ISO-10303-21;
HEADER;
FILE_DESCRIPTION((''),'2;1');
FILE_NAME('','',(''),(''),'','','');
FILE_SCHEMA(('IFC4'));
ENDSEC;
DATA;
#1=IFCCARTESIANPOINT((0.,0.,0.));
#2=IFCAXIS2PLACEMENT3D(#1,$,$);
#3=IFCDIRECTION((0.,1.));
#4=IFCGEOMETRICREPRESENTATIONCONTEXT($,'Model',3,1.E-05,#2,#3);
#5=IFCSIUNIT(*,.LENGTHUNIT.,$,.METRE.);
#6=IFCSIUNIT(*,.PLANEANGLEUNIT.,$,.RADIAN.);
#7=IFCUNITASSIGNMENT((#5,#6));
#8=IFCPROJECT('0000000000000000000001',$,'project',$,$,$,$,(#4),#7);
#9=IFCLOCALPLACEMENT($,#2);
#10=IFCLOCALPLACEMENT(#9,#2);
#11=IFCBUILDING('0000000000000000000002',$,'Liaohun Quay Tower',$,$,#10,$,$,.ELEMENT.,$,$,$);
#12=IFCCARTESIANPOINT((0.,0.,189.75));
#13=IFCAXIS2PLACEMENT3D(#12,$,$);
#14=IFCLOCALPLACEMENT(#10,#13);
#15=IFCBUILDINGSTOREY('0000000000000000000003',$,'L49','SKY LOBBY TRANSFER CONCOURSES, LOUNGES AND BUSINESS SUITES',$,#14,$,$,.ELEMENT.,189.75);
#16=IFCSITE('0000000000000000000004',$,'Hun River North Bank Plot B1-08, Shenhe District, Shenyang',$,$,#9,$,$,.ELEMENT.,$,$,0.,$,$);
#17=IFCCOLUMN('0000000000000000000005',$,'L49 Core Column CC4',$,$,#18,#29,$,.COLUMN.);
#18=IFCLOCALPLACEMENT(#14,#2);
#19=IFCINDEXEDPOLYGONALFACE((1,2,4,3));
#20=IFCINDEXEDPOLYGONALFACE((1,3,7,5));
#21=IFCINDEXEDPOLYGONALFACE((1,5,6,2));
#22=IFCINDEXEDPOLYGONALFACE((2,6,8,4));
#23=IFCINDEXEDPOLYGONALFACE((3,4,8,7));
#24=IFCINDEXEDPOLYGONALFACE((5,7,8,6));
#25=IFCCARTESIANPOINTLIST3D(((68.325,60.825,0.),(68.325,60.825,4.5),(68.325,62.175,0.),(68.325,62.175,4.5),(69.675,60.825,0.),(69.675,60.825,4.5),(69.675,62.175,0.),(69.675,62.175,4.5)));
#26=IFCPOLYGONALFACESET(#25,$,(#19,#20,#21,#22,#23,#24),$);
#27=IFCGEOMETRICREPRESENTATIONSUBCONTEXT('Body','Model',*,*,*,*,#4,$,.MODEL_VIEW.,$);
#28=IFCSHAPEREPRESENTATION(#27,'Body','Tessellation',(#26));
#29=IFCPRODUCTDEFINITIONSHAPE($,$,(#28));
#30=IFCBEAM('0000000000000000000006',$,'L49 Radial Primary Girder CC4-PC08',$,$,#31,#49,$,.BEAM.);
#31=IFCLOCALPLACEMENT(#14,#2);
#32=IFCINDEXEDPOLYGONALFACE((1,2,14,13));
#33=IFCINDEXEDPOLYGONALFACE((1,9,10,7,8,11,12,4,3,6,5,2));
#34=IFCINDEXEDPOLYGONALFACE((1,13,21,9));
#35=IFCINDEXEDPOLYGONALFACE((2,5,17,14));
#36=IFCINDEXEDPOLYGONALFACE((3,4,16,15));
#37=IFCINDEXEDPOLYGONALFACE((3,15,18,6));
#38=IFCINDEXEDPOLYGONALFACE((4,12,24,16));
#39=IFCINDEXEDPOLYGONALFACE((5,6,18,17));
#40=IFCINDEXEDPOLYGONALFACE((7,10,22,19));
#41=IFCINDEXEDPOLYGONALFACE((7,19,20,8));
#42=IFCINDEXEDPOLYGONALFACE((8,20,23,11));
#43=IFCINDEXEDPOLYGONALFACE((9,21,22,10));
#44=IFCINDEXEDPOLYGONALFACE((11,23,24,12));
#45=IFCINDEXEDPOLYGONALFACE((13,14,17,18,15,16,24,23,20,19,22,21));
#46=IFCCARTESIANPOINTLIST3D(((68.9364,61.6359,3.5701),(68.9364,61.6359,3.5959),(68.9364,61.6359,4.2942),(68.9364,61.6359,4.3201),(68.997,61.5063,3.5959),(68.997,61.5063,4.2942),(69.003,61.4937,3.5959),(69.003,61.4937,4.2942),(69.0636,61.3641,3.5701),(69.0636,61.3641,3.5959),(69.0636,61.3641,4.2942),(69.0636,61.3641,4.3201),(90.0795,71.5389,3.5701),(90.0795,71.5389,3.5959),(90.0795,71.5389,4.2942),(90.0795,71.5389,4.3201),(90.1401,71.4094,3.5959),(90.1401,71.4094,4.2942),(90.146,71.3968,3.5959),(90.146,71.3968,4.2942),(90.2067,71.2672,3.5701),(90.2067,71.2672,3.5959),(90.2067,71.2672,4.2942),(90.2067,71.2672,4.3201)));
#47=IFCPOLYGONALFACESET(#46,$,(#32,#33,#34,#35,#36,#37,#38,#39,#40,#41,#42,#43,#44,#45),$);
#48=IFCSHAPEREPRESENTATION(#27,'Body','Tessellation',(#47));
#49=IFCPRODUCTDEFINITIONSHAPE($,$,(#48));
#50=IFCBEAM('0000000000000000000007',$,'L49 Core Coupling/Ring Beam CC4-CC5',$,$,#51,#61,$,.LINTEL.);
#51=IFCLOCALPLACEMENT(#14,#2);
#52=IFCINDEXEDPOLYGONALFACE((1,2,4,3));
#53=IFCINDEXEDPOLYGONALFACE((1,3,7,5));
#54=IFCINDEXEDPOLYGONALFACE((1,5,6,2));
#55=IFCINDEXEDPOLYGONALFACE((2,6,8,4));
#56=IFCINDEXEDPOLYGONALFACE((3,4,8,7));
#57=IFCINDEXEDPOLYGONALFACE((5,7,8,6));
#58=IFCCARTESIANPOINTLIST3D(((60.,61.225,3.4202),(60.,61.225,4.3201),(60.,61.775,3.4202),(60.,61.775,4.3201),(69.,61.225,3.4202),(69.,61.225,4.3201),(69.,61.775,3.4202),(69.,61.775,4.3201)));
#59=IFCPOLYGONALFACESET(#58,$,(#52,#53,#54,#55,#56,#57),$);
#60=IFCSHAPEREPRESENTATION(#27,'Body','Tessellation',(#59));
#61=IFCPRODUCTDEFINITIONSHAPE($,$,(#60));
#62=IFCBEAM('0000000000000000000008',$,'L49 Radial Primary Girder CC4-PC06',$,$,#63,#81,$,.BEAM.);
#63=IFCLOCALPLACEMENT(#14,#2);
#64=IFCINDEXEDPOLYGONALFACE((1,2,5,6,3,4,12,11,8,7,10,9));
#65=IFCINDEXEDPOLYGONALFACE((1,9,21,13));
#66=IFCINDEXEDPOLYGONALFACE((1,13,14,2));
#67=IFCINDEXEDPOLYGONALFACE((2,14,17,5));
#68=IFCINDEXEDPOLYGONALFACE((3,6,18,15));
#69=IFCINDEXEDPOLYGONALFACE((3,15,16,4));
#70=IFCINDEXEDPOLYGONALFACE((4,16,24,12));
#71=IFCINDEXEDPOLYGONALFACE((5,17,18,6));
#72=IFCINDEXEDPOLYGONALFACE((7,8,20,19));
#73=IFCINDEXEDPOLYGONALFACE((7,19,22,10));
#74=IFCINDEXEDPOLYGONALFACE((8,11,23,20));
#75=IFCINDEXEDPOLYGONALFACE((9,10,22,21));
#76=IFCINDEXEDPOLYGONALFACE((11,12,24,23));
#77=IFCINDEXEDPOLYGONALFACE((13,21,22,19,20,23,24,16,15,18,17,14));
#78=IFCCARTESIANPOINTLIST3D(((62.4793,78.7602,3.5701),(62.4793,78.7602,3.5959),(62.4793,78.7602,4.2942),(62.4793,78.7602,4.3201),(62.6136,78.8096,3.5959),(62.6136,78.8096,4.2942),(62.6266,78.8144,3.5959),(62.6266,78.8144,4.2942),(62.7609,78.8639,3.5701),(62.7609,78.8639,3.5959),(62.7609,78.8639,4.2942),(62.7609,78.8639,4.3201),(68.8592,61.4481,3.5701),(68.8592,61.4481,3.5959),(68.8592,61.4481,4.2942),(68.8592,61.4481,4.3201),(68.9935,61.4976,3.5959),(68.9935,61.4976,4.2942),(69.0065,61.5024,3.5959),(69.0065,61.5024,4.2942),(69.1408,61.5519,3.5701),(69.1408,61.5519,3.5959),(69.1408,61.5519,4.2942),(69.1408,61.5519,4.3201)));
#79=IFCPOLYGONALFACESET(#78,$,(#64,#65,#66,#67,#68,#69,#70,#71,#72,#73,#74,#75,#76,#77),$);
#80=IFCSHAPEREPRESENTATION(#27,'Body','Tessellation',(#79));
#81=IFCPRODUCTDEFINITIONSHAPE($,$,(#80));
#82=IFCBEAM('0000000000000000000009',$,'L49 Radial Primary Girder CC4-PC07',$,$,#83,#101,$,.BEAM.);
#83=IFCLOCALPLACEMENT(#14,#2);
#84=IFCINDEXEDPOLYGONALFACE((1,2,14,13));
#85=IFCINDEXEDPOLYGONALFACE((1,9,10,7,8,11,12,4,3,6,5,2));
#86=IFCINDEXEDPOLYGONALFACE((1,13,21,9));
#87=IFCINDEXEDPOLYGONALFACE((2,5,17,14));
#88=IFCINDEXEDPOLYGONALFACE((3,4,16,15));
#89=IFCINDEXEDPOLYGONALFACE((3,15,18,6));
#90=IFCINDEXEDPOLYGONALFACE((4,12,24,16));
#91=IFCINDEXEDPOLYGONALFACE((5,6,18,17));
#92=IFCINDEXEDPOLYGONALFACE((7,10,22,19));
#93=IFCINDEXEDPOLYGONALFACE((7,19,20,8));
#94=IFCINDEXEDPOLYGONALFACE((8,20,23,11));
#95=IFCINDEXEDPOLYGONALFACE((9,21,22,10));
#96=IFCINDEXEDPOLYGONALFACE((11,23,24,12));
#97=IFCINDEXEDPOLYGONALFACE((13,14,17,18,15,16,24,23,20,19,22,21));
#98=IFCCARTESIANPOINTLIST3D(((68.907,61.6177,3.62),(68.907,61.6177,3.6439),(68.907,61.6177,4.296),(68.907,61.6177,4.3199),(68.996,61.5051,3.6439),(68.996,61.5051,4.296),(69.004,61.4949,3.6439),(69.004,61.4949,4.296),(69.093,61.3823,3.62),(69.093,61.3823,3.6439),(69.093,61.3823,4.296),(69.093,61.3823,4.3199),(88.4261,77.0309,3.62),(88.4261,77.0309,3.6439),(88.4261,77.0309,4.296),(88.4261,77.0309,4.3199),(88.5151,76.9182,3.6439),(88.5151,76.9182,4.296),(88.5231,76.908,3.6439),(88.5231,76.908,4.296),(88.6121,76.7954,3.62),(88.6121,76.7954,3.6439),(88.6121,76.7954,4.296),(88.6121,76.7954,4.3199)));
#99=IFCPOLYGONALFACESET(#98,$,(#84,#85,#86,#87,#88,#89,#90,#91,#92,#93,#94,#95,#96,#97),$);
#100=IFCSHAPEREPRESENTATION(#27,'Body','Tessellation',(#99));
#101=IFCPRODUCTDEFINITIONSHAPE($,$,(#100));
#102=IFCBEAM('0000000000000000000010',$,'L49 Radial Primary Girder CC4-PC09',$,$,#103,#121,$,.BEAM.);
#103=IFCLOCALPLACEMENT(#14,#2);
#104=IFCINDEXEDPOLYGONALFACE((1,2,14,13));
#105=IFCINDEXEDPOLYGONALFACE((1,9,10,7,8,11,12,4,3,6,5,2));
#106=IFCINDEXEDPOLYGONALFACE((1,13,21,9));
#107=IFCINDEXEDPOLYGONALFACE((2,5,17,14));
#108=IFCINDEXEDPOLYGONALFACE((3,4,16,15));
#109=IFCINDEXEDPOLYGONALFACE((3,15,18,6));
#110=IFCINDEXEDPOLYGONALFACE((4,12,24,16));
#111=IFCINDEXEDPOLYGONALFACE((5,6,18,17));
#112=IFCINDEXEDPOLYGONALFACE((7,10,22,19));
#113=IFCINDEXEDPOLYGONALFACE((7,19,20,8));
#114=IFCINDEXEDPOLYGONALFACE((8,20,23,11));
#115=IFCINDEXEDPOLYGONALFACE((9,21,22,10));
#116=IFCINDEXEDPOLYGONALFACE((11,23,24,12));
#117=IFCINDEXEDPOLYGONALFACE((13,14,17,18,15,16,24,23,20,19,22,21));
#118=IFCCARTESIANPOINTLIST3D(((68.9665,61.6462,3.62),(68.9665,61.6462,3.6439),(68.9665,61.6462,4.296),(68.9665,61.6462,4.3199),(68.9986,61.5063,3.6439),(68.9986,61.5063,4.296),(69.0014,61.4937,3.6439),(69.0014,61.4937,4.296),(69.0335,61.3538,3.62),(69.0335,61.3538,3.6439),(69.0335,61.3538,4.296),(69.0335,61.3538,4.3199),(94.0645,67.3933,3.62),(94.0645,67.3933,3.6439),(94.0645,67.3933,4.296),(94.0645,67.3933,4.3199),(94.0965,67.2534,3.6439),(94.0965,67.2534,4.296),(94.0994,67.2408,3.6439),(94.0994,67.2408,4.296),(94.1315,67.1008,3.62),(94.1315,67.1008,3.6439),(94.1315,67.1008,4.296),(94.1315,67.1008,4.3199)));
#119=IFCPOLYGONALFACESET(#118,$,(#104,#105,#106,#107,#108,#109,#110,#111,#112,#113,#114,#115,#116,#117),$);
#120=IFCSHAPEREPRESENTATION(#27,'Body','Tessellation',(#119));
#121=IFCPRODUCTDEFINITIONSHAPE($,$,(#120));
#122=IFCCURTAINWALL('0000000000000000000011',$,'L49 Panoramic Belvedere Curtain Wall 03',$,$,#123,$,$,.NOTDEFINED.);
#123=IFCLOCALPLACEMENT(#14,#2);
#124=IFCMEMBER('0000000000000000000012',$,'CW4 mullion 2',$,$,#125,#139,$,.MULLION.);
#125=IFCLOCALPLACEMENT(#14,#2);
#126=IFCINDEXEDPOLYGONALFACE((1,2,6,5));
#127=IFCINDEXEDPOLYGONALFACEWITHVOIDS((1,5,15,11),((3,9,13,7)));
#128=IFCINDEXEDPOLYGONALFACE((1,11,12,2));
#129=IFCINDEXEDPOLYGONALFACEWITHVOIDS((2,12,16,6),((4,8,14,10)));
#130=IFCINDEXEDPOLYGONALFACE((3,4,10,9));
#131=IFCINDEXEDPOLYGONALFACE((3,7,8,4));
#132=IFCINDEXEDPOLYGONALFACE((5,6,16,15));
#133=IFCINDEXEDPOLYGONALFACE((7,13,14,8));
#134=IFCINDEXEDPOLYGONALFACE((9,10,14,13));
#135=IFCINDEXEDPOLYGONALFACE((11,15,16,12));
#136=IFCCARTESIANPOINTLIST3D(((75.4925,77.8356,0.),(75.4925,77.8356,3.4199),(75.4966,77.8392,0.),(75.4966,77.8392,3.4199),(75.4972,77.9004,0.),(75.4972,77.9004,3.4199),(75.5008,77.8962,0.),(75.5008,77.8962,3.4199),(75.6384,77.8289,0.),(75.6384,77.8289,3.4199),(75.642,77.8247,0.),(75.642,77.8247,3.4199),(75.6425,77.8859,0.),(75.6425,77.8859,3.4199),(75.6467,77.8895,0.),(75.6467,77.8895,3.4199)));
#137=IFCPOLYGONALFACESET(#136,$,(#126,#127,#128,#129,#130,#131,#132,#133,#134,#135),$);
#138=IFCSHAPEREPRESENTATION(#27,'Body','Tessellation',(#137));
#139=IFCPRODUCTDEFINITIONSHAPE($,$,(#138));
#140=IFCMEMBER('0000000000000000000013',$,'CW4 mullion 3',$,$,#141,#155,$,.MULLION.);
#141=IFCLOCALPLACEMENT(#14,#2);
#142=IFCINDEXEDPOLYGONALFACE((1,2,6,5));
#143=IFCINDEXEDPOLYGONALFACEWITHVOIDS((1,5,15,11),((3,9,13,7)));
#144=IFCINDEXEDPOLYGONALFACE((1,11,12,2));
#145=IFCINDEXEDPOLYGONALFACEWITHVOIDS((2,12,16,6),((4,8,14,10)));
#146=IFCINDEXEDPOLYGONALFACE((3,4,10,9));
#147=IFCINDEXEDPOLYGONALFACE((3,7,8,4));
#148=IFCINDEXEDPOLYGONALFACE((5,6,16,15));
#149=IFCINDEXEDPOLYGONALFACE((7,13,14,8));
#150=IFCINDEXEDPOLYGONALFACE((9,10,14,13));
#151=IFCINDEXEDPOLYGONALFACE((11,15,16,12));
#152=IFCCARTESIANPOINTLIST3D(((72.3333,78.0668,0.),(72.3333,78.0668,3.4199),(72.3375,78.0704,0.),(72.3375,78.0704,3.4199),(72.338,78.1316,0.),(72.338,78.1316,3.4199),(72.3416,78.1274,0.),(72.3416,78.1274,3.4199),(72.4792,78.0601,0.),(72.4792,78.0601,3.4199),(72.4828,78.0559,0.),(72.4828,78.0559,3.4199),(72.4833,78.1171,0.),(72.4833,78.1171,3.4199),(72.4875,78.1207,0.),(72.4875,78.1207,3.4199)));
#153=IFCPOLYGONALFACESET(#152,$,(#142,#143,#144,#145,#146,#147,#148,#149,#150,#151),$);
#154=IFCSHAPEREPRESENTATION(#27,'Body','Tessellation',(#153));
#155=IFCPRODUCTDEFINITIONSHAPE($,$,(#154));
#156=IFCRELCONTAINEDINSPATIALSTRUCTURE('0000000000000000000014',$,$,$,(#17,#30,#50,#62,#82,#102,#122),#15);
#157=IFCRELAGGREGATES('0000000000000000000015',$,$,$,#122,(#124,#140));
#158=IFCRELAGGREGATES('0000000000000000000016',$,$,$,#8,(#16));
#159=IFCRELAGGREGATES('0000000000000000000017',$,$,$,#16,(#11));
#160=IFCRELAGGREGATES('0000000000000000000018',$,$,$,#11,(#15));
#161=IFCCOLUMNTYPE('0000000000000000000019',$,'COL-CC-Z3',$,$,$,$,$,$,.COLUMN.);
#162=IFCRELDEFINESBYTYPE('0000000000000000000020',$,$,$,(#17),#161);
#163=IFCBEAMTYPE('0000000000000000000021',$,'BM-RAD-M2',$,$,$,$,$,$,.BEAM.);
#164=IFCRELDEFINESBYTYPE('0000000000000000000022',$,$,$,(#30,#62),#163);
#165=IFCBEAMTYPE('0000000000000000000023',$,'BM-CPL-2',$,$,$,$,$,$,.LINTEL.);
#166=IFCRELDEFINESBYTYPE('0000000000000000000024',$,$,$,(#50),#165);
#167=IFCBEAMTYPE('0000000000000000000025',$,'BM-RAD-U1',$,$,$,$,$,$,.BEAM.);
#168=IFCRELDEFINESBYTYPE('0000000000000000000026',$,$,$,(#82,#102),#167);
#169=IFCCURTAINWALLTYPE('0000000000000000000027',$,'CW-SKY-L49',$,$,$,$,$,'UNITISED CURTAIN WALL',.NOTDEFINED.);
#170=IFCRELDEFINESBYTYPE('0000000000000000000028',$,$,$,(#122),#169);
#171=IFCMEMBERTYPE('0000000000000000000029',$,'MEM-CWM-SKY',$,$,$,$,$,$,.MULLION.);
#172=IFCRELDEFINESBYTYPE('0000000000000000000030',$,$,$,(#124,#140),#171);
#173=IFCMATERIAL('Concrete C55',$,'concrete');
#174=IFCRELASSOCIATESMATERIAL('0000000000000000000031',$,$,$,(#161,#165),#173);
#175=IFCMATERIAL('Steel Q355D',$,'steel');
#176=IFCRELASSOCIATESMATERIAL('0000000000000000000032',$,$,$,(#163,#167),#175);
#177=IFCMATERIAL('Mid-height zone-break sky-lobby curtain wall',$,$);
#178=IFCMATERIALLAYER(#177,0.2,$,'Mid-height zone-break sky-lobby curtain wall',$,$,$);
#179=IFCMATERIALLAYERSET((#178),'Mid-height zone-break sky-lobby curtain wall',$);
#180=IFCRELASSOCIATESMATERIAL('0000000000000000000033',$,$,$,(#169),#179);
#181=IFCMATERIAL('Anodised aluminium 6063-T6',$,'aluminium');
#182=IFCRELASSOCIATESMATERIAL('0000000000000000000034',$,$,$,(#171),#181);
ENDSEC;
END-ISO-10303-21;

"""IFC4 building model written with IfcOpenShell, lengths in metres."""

from ifc_helpers import new_model, si_unit, direction, frame, origin, origin_2d, place, context, subcontext, project, spatial, rectangle, hollow_rectangle, i_section, extrude, source, transform, mapped, material, layer, layer_set, material_profile, profile_set, type_object, element, aggregate, save


model = new_model("IFC4")

# Units and contexts
model_context = context("Model", 3, precision=1e-05, world=origin(), true_north=direction((0.0, 1.0)))
body_context = subcontext(model_context, "Body", "Model", "MODEL_VIEW")
ifc_project = project(units=[si_unit("LENGTHUNIT", "METRE"), si_unit("PLANEANGLEUNIT", "RADIAN")], contexts=[model_context])

# Site, building, storey
site_placement = place(None, origin())
site = spatial("IfcSite", under=ifc_project, at=site_placement, Name="Hun River North Bank Plot B1-08, Shenhe District, Shenyang", CompositionType="ELEMENT", RefElevation=0.0)
building_placement = place(site_placement, origin())
building = spatial("IfcBuilding", under=site, at=building_placement, Name="Liaohun Quay Tower", CompositionType="ELEMENT")
storey_placement = place(building_placement, frame((0.0, 0.0, 189.75)))
storey = spatial("IfcBuildingStorey", under=building, at=storey_placement, Name="L49", Description="SKY LOBBY TRANSFER CONCOURSES, LOUNGES AND BUSINESS SUITES", CompositionType="ELEMENT", Elevation=189.75)

# Column
ifc_material_1 = material(Name="Concrete C55", Category="concrete")
ifc_material_profile_1 = material_profile(ifc_material_1, rectangle(XDim=1.3501, YDim=1.3501, at=origin_2d()), Name="RC1350x1350")
ifc_profile_set_1 = profile_set([ifc_material_profile_1], Name="Concrete C55")
column_type = type_object("IfcColumnType", Name="COL-CC-Z3", PredefinedType="COLUMN", material=ifc_profile_set_1)
shared_shape_1 = source(origin(), body_context, "Body", "SweptSolid", [
    extrude(rectangle(XDim=1.3501, YDim=1.3501, at=origin_2d()), origin(), (0.0, 0.0, 1.0), 4.5),
])
column_placement = place(storey_placement, frame((69.0, 61.5, 0.0), z_axis=(0.0, 0.0, 1.0), x_axis=(1.0, 0.0, 0.0)))
element("IfcColumn", 1, at=column_placement, inside=storey, type_object=column_type, Name="L49 Core Column CC4", PredefinedType="COLUMN", context=body_context, shape_type="MappedRepresentation", body=[
    mapped(shared_shape_1, transform((0.0, 0.0, 0.0), x_axis=(1.0, 0.0, 0.0), y_axis=(0.0, 1.0, 0.0), z_axis=(0.0, 0.0, 1.0), scale=1.0)),
])

# Beams
ifc_material_2 = material(Name="Steel Q355D", Category="steel")
ifc_material_profile_2 = material_profile(ifc_material_2, i_section(OverallWidth=0.3, OverallDepth=0.75, WebThickness=0.0139, FlangeThickness=0.0259, at=origin_2d()), Name="HN750x300x14x26")
ifc_profile_set_2 = profile_set([ifc_material_profile_2], Name="Steel Q355D")
beam_type_1 = type_object("IfcBeamType", Name="BM-RAD-M2", PredefinedType="BEAM", material=ifc_profile_set_2)
shared_shape_2 = source(origin(), body_context, "Body", "SweptSolid", [
    extrude(i_section(OverallWidth=0.3, OverallDepth=0.75, WebThickness=0.0139, FlangeThickness=0.0259, at=origin_2d()), origin(), (0.0, 0.0, 1.0), 23.3474),
])
beam_1_placement = place(storey_placement, frame((69.0, 61.5, 3.9451), z_axis=(0.905586, 0.424162, 0.0), x_axis=(-0.424162, 0.905586, 0.0)))
element("IfcBeam", 2, at=beam_1_placement, inside=storey, type_object=beam_type_1, Name="L49 Radial Primary Girder CC4-PC08", PredefinedType="BEAM", context=body_context, shape_type="MappedRepresentation", body=[
    mapped(shared_shape_2, transform((0.0, 0.0, 0.0), x_axis=(1.0, 0.0, 0.0), y_axis=(0.0, 1.0, 0.0), z_axis=(0.0, 0.0, 1.0), scale=1.0)),
])
ifc_material_profile_3 = material_profile(ifc_material_1, rectangle(XDim=0.55, YDim=0.8999, at=origin_2d()), Name="RC550x900")
ifc_profile_set_3 = profile_set([ifc_material_profile_3], Name="Concrete C55")
beam_type_2 = type_object("IfcBeamType", Name="BM-CPL-2", PredefinedType="LINTEL", material=ifc_profile_set_3)
shared_shape_3 = source(origin(), body_context, "Body", "SweptSolid", [
    extrude(rectangle(XDim=0.55, YDim=0.8999, at=origin_2d()), origin(), (0.0, 0.0, 1.0), 9.0),
])
beam_2_placement = place(storey_placement, frame((69.0, 61.5, 3.8701), z_axis=(-1.0, 0.0, 0.0), x_axis=(0.0, -1.0, 0.0)))
element("IfcBeam", 3, at=beam_2_placement, inside=storey, type_object=beam_type_2, Name="L49 Core Coupling/Ring Beam CC4-CC5", PredefinedType="LINTEL", context=body_context, shape_type="MappedRepresentation", body=[
    mapped(shared_shape_3, transform((0.0, 0.0, 0.0), x_axis=(1.0, 0.0, 0.0), y_axis=(0.0, 1.0, 0.0), z_axis=(0.0, 0.0, 1.0), scale=1.0)),
])
shared_shape_4 = source(origin(), body_context, "Body", "SweptSolid", [
    extrude(i_section(OverallWidth=0.3, OverallDepth=0.75, WebThickness=0.0139, FlangeThickness=0.0259, at=origin_2d()), origin(), (0.0, 0.0, 1.0), 18.4502),
])
beam_3_placement = place(storey_placement, frame((69.0, 61.5, 3.9451), z_axis=(-0.34579, 0.938312, 0.0), x_axis=(-0.938312, -0.34579, 0.0)))
element("IfcBeam", 4, at=beam_3_placement, inside=storey, type_object=beam_type_1, Name="L49 Radial Primary Girder CC4-PC06", PredefinedType="BEAM", context=body_context, shape_type="MappedRepresentation", body=[
    mapped(shared_shape_4, transform((0.0, 0.0, 0.0), x_axis=(1.0, 0.0, 0.0), y_axis=(0.0, 1.0, 0.0), z_axis=(0.0, 0.0, 1.0), scale=1.0)),
])
ifc_material_profile_4 = material_profile(ifc_material_2, i_section(OverallWidth=0.3, OverallDepth=0.7, WebThickness=0.0129, FlangeThickness=0.0239, at=origin_2d()), Name="HN700x300x13x24")
ifc_profile_set_4 = profile_set([ifc_material_profile_4], Name="Steel Q355D")
beam_type_3 = type_object("IfcBeamType", Name="BM-RAD-U1", PredefinedType="BEAM", material=ifc_profile_set_4)
shared_shape_5 = source(origin(), body_context, "Body", "SweptSolid", [
    extrude(i_section(OverallWidth=0.3, OverallDepth=0.7, WebThickness=0.0129, FlangeThickness=0.0239, at=origin_2d()), origin(), (0.0, 0.0, 1.0), 24.8708),
])
beam_4_placement = place(storey_placement, frame((69.0, 61.5, 3.97), z_axis=(0.784818, 0.619726, 0.0), x_axis=(-0.619726, 0.784818, 0.0)))
element("IfcBeam", 5, at=beam_4_placement, inside=storey, type_object=beam_type_3, Name="L49 Radial Primary Girder CC4-PC07", PredefinedType="BEAM", context=body_context, shape_type="MappedRepresentation", body=[
    mapped(shared_shape_5, transform((0.0, 0.0, 0.0), x_axis=(1.0, 0.0, 0.0), y_axis=(0.0, 1.0, 0.0), z_axis=(0.0, 0.0, 1.0), scale=1.0)),
])
shared_shape_6 = source(origin(), body_context, "Body", "SweptSolid", [
    extrude(i_section(OverallWidth=0.3, OverallDepth=0.7, WebThickness=0.0129, FlangeThickness=0.0239, at=origin_2d()), origin(), (0.0, 0.0, 1.0), 25.7476),
])
beam_5_placement = place(storey_placement, frame((69.0, 61.5, 3.97), z_axis=(0.974771, 0.223209, 0.0), x_axis=(-0.223209, 0.974771, 0.0)))
element("IfcBeam", 6, at=beam_5_placement, inside=storey, type_object=beam_type_3, Name="L49 Radial Primary Girder CC4-PC09", PredefinedType="BEAM", context=body_context, shape_type="MappedRepresentation", body=[
    mapped(shared_shape_6, transform((0.0, 0.0, 0.0), x_axis=(1.0, 0.0, 0.0), y_axis=(0.0, 1.0, 0.0), z_axis=(0.0, 0.0, 1.0), scale=1.0)),
])

# Curtain wall, members
ifc_material_3 = material(Name="Mid-height zone-break sky-lobby curtain wall")
ifc_layer_1 = layer(ifc_material_3, 0.2, Name="Mid-height zone-break sky-lobby curtain wall")
ifc_layer_set_1 = layer_set([ifc_layer_1], Name="Mid-height zone-break sky-lobby curtain wall")
curtain_wall_type = type_object("IfcCurtainWallType", Name="CW-SKY-L49", ElementType="UNITISED CURTAIN WALL", PredefinedType="NOTDEFINED", material=ifc_layer_set_1)
curtain_wall_placement = place(storey_placement, origin())
curtain_wall = element("IfcCurtainWall", 7, at=curtain_wall_placement, inside=storey, type_object=curtain_wall_type, Name="L49 Panoramic Belvedere Curtain Wall 03", PredefinedType="NOTDEFINED")
ifc_material_4 = material(Name="Anodised aluminium 6063-T6", Category="aluminium")
ifc_material_profile_5 = material_profile(ifc_material_4, hollow_rectangle(XDim=0.0649, YDim=0.1499, WallThickness=0.0039, at=origin_2d()), Name="RHS150x65x4")
ifc_profile_set_5 = profile_set([ifc_material_profile_5], Name="Anodised aluminium 6063-T6")
member_type_1 = type_object("IfcMemberType", Name="MEM-CWM-SKY", PredefinedType="MULLION", material=ifc_profile_set_5)
shared_shape_7 = source(origin(), body_context, "Body", "SweptSolid", [
    extrude(hollow_rectangle(XDim=0.0649, YDim=0.1499, WallThickness=0.0039, at=origin_2d()), origin(), (0.0, 0.0, 1.0), 3.4199),
])
member_1_placement = place(storey_placement, frame((75.5696, 77.8625, 0.0), z_axis=(0.0, 0.0, 1.0), x_axis=(-0.072968, -0.997334, 0.0)))
member_1 = element("IfcMember", 8, at=member_1_placement, type_object=member_type_1, Name="CW4 mullion 2", PredefinedType="MULLION", context=body_context, shape_type="MappedRepresentation", body=[
    mapped(shared_shape_7, transform((0.0, 0.0, 0.0), x_axis=(1.0, 0.0, 0.0), y_axis=(0.0, 1.0, 0.0), z_axis=(0.0, 0.0, 1.0), scale=1.0)),
])
member_2_placement = place(storey_placement, frame((72.4104, 78.0938, 0.0), z_axis=(0.0, 0.0, 1.0), x_axis=(-0.072968, -0.997334, 0.0)))
member_2 = element("IfcMember", 9, at=member_2_placement, type_object=member_type_1, Name="CW4 mullion 3", PredefinedType="MULLION", context=body_context, shape_type="MappedRepresentation", body=[
    mapped(shared_shape_7, transform((0.0, 0.0, 0.0), x_axis=(1.0, 0.0, 0.0), y_axis=(0.0, 1.0, 0.0), z_axis=(0.0, 0.0, 1.0), scale=1.0)),
])
aggregate(curtain_wall, [member_1, member_2])

save(model, "model.ifc")
